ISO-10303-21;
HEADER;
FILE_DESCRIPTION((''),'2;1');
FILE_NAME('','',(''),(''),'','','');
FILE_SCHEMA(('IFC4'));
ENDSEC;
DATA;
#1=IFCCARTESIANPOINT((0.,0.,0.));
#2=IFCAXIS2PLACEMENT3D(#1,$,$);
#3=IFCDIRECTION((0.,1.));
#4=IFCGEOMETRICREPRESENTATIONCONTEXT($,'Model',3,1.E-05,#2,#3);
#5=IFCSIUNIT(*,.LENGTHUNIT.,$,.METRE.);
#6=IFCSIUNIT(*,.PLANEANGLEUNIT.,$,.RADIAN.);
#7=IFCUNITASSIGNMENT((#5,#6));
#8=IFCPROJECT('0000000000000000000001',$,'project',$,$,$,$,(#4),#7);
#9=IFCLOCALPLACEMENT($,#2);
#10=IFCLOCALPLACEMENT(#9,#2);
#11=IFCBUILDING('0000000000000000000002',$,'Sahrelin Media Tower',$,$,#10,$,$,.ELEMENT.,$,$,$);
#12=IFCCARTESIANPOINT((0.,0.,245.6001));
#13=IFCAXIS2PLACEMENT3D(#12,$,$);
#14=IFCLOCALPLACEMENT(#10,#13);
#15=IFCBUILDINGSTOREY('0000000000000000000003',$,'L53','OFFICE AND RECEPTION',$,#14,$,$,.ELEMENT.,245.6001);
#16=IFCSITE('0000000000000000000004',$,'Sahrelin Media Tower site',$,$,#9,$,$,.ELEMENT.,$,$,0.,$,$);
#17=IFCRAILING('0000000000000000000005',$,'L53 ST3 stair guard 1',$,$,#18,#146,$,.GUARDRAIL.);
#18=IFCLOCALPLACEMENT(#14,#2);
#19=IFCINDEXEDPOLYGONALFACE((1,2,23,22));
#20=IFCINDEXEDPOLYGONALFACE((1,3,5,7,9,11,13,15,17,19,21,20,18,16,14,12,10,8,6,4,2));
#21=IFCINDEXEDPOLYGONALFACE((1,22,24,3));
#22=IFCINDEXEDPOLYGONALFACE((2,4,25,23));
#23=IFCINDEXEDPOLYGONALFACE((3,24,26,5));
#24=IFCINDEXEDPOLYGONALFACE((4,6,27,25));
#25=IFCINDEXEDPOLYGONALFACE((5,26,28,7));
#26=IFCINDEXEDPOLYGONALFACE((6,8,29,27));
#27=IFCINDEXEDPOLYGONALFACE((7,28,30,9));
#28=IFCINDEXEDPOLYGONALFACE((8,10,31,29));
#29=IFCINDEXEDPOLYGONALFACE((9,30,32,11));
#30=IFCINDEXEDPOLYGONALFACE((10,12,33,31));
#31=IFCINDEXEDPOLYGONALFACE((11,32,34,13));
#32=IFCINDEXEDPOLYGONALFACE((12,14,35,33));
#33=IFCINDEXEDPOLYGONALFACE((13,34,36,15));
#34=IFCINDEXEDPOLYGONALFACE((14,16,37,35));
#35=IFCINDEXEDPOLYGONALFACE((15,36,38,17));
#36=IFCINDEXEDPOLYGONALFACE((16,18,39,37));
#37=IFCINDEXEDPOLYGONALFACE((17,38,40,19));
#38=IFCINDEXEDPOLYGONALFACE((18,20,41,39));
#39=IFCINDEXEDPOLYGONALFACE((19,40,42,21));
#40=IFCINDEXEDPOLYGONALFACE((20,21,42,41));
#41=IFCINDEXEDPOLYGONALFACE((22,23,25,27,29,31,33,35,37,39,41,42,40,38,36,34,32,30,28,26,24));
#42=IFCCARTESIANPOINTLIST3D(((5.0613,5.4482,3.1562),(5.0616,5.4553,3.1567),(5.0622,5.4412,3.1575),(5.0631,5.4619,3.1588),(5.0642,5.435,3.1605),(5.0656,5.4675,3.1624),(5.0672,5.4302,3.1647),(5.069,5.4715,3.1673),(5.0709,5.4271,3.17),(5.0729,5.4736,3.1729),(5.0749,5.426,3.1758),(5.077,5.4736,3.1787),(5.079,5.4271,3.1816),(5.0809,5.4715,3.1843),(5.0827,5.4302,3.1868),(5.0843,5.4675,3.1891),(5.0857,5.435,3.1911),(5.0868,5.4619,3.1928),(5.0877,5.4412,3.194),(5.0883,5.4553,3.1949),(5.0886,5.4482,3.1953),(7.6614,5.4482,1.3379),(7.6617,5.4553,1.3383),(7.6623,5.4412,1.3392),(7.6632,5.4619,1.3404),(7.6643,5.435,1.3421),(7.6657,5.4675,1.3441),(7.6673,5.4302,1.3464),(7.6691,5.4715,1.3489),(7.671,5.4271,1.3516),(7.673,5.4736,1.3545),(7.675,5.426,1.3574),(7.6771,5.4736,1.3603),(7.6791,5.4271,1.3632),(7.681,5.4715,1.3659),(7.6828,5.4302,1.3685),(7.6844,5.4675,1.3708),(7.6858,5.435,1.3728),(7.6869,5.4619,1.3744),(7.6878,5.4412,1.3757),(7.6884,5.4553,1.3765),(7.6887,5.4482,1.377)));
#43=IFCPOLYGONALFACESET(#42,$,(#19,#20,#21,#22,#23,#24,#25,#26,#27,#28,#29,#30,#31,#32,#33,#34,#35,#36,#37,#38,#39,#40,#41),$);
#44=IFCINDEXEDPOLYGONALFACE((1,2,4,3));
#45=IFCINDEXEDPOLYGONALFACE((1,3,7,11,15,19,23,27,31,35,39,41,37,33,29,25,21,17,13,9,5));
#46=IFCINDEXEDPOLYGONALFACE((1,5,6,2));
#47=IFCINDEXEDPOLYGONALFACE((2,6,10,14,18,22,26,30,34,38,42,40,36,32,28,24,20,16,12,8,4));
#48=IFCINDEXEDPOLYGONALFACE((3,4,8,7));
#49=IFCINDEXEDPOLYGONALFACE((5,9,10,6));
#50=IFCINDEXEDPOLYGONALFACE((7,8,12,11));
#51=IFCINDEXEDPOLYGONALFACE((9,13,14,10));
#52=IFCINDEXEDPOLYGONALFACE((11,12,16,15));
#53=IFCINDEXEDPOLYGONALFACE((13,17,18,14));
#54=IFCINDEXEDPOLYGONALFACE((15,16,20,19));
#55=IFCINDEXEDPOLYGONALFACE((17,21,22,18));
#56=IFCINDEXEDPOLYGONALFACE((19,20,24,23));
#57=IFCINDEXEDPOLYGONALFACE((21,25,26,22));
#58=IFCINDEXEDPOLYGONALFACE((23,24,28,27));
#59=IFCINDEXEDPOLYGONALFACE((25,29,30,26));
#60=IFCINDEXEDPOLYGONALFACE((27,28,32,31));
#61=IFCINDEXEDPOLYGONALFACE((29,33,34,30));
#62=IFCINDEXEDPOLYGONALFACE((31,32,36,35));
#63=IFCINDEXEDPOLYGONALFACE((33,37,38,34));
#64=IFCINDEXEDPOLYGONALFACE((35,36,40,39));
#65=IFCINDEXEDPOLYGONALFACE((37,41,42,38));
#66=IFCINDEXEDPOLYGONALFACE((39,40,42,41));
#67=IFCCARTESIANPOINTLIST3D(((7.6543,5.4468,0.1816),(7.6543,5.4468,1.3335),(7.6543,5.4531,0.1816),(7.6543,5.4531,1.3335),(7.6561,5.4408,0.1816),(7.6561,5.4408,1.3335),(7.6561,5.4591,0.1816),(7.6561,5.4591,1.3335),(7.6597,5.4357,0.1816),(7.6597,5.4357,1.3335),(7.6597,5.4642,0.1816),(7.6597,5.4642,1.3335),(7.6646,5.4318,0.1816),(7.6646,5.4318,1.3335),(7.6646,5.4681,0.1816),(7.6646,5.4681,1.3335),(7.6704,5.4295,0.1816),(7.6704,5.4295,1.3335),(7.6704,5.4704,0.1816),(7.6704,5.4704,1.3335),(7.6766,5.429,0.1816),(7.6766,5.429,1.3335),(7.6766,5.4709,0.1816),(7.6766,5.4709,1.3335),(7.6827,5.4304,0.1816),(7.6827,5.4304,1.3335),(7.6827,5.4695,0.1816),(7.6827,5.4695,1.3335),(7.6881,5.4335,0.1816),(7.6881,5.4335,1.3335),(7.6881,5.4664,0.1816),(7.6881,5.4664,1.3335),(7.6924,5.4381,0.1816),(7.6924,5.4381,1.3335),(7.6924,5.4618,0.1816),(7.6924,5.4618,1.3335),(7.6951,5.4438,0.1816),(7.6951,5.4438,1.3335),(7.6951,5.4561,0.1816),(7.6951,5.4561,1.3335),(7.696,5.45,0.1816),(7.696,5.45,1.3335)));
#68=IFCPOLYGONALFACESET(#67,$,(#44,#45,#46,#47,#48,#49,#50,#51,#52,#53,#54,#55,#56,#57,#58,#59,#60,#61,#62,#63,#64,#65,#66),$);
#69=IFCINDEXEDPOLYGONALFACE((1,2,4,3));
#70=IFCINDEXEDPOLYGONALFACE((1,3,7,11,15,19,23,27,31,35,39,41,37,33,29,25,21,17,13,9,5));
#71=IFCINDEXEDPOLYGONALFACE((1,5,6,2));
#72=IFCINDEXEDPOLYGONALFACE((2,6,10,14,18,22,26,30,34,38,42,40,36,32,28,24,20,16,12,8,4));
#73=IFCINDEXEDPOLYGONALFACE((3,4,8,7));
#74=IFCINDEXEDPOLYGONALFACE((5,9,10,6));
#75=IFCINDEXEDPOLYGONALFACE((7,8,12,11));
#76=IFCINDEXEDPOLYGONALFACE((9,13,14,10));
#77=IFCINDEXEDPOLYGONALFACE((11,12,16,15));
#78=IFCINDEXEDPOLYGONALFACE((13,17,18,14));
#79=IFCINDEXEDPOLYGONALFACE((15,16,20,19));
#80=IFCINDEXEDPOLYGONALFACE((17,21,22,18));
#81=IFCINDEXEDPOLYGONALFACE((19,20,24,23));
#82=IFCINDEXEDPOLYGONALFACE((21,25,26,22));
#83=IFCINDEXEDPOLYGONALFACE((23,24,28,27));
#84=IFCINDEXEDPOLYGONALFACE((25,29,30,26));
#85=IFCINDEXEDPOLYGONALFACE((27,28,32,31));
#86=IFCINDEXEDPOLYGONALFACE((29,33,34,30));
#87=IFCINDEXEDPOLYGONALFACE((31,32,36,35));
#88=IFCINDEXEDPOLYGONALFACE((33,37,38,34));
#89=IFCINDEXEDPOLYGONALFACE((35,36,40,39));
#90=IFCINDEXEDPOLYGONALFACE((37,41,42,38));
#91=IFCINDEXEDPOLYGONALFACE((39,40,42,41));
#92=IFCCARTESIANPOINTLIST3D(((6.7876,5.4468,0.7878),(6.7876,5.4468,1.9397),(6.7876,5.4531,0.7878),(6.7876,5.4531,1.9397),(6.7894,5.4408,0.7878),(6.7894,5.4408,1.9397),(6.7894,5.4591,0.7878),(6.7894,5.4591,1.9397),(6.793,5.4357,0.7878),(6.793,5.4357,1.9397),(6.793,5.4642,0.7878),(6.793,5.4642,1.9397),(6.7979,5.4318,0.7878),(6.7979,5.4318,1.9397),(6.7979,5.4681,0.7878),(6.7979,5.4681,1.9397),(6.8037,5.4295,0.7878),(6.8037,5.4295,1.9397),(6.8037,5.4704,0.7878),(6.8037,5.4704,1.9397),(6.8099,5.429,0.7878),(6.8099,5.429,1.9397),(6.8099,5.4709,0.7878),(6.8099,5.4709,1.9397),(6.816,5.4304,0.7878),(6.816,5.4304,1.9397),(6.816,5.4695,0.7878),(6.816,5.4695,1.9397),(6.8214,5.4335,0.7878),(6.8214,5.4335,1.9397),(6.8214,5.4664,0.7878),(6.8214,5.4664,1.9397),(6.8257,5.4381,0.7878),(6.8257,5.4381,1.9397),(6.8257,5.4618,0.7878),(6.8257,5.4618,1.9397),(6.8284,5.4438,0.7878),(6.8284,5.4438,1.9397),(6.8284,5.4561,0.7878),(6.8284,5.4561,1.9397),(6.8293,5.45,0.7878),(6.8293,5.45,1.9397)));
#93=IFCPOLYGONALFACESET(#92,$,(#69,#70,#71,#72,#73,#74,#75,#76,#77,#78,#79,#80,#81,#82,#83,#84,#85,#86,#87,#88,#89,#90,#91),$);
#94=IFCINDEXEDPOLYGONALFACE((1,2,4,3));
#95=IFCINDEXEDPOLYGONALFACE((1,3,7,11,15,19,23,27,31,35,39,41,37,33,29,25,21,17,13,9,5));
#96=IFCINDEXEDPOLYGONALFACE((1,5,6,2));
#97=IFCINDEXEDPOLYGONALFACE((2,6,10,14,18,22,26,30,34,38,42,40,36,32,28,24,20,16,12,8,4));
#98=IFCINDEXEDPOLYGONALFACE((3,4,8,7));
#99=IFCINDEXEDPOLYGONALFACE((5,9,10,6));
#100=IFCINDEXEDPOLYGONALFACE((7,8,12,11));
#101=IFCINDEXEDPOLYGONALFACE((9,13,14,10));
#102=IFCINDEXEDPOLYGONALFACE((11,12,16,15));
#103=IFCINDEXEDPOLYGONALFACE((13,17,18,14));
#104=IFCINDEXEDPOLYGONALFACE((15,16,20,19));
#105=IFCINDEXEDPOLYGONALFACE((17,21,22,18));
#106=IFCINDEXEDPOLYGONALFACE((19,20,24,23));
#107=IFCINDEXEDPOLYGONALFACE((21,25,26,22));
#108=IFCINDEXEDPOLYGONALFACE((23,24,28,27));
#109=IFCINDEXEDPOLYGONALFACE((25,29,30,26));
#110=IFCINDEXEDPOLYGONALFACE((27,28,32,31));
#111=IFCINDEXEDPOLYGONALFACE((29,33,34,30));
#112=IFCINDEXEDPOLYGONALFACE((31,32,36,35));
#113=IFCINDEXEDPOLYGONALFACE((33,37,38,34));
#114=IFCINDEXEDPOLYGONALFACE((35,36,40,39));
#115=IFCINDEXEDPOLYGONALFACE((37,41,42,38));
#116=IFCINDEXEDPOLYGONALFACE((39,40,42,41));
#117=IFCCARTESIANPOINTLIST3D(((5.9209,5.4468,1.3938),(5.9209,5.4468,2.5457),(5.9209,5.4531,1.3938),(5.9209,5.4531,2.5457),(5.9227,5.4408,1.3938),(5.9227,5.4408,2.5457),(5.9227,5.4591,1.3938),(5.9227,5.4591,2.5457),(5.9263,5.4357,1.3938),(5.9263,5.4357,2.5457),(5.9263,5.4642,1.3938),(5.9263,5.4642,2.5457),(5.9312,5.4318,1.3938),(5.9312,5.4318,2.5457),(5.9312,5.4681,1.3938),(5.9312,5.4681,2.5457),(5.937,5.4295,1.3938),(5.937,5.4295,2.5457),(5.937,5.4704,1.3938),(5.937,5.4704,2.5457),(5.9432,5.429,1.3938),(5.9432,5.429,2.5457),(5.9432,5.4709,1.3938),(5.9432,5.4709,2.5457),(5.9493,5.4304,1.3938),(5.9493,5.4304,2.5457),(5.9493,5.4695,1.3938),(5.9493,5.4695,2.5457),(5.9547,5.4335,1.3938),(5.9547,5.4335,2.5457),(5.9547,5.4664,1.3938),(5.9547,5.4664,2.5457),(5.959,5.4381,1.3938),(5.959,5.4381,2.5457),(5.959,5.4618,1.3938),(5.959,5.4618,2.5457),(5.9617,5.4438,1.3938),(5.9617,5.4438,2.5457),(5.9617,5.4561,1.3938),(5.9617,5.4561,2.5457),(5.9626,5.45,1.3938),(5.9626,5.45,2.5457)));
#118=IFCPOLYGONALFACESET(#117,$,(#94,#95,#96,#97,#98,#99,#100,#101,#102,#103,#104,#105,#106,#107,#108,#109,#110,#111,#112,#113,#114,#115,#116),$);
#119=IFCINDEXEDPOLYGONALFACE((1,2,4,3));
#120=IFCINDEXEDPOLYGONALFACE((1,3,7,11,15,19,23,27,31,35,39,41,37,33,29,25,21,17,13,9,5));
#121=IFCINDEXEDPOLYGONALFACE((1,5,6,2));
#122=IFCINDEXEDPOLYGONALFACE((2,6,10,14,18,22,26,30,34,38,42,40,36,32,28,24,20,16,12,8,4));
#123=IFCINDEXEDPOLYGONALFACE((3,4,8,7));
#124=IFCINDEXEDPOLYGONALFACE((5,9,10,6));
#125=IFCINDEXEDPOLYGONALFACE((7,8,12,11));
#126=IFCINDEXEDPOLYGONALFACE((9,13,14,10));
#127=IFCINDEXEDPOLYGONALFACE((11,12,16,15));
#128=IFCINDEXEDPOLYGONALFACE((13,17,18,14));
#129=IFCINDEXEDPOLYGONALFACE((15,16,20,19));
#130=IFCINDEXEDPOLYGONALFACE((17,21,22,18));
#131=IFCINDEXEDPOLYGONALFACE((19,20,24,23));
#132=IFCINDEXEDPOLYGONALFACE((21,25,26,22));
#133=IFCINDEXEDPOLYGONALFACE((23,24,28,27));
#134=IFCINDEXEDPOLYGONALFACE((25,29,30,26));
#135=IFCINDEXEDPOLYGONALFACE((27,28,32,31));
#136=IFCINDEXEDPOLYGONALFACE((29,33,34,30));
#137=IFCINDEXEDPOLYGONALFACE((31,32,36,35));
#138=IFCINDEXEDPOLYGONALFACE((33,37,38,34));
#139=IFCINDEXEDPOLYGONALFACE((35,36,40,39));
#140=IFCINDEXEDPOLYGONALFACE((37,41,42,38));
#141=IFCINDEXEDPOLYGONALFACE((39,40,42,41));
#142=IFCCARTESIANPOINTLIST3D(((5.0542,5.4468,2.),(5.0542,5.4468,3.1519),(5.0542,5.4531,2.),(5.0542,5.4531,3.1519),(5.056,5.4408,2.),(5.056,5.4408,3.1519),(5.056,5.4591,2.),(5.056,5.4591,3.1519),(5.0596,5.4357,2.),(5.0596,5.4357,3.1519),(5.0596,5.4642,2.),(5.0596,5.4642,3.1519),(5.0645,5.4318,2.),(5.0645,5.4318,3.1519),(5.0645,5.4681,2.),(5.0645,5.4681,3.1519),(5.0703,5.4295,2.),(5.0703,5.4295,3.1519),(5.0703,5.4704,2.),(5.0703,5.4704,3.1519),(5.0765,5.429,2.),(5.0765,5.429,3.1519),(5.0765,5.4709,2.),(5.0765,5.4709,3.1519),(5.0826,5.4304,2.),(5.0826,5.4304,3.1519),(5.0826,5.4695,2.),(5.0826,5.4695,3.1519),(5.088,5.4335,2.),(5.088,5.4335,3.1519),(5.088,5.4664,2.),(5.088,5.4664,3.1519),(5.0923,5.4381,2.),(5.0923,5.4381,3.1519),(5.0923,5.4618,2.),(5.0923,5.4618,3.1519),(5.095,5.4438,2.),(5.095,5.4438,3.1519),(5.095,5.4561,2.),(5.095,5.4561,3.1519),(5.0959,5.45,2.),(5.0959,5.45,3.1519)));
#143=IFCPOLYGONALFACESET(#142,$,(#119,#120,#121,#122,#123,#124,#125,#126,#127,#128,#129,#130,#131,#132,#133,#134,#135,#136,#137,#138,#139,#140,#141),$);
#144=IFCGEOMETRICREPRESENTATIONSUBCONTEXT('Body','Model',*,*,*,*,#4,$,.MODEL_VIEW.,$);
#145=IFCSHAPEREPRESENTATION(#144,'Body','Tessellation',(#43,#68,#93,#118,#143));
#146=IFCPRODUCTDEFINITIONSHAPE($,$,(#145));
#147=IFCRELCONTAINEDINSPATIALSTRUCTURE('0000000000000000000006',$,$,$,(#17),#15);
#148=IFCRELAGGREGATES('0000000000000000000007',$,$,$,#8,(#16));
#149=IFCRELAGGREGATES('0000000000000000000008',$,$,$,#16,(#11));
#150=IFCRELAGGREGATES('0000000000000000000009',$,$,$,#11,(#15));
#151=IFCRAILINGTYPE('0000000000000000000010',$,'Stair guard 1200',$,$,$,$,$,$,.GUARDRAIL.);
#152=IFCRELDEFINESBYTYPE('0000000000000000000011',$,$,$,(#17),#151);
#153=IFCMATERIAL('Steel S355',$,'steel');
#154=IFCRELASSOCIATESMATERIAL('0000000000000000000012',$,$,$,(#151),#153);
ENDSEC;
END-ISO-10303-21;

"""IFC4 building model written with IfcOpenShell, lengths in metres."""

from ifc_helpers import new_model, si_unit, direction, frame, origin, origin_2d, place, context, subcontext, project, spatial, circle, extrude, material, type_object, element, save


model = new_model("IFC4")

# Units and contexts
model_context = context("Model", 3, precision=1e-05, world=origin(), true_north=direction((0.0, 1.0)))
body_context = subcontext(model_context, "Body", "Model", "MODEL_VIEW")
ifc_project = project(units=[si_unit("LENGTHUNIT", "METRE"), si_unit("PLANEANGLEUNIT", "RADIAN")], contexts=[model_context])

# Site, building, storey
site_placement = place(None, origin())
site = spatial("IfcSite", under=ifc_project, at=site_placement, Name="Sahrelin Media Tower site", CompositionType="ELEMENT", RefElevation=0.0)
building_placement = place(site_placement, origin())
building = spatial("IfcBuilding", under=site, at=building_placement, Name="Sahrelin Media Tower", CompositionType="ELEMENT")
storey_placement = place(building_placement, frame((0.0, 0.0, 245.6001)))
storey = spatial("IfcBuildingStorey", under=building, at=storey_placement, Name="L53", Description="OFFICE AND RECEPTION", CompositionType="ELEMENT", Elevation=245.6001)

# Shared definitions
ifc_material_1 = material(Name="Steel S355", Category="steel")

# Railing
railing_type_1 = type_object("IfcRailingType", Name="Stair guard 1200", PredefinedType="GUARDRAIL", material=ifc_material_1)
railing_1_placement = place(storey_placement, frame((7.675, 5.45, 0.1816)))
element("IfcRailing", 1, at=railing_1_placement, inside=storey, type_object=railing_type_1, Name="L53 ST3 stair guard 1", PredefinedType="GUARDRAIL", context=body_context, shape_type="SweptSolid", body=[
    extrude(circle(Radius=0.0239, at=origin_2d()), frame((0.0, 0.0, 1.1758), z_axis=(-0.819485, 0.0, 0.573101), x_axis=(0.0, -1.0, 0.0)), (0.0, 0.0, 1.0), 3.1729),
    extrude(circle(Radius=0.021, at=origin_2d()), origin(), (0.0, 0.0, 1.0), 1.1519),
    extrude(circle(Radius=0.021, at=origin_2d()), frame((-0.8667, 0.0, 0.6062)), (0.0, 0.0, 1.0), 1.1519),
    extrude(circle(Radius=0.021, at=origin_2d()), frame((-1.7334, 0.0, 1.2122)), (0.0, 0.0, 1.0), 1.1519),
    extrude(circle(Radius=0.021, at=origin_2d()), frame((-2.6001, 0.0, 1.8184)), (0.0, 0.0, 1.0), 1.1519),
])

save(model, "model.ifc")
